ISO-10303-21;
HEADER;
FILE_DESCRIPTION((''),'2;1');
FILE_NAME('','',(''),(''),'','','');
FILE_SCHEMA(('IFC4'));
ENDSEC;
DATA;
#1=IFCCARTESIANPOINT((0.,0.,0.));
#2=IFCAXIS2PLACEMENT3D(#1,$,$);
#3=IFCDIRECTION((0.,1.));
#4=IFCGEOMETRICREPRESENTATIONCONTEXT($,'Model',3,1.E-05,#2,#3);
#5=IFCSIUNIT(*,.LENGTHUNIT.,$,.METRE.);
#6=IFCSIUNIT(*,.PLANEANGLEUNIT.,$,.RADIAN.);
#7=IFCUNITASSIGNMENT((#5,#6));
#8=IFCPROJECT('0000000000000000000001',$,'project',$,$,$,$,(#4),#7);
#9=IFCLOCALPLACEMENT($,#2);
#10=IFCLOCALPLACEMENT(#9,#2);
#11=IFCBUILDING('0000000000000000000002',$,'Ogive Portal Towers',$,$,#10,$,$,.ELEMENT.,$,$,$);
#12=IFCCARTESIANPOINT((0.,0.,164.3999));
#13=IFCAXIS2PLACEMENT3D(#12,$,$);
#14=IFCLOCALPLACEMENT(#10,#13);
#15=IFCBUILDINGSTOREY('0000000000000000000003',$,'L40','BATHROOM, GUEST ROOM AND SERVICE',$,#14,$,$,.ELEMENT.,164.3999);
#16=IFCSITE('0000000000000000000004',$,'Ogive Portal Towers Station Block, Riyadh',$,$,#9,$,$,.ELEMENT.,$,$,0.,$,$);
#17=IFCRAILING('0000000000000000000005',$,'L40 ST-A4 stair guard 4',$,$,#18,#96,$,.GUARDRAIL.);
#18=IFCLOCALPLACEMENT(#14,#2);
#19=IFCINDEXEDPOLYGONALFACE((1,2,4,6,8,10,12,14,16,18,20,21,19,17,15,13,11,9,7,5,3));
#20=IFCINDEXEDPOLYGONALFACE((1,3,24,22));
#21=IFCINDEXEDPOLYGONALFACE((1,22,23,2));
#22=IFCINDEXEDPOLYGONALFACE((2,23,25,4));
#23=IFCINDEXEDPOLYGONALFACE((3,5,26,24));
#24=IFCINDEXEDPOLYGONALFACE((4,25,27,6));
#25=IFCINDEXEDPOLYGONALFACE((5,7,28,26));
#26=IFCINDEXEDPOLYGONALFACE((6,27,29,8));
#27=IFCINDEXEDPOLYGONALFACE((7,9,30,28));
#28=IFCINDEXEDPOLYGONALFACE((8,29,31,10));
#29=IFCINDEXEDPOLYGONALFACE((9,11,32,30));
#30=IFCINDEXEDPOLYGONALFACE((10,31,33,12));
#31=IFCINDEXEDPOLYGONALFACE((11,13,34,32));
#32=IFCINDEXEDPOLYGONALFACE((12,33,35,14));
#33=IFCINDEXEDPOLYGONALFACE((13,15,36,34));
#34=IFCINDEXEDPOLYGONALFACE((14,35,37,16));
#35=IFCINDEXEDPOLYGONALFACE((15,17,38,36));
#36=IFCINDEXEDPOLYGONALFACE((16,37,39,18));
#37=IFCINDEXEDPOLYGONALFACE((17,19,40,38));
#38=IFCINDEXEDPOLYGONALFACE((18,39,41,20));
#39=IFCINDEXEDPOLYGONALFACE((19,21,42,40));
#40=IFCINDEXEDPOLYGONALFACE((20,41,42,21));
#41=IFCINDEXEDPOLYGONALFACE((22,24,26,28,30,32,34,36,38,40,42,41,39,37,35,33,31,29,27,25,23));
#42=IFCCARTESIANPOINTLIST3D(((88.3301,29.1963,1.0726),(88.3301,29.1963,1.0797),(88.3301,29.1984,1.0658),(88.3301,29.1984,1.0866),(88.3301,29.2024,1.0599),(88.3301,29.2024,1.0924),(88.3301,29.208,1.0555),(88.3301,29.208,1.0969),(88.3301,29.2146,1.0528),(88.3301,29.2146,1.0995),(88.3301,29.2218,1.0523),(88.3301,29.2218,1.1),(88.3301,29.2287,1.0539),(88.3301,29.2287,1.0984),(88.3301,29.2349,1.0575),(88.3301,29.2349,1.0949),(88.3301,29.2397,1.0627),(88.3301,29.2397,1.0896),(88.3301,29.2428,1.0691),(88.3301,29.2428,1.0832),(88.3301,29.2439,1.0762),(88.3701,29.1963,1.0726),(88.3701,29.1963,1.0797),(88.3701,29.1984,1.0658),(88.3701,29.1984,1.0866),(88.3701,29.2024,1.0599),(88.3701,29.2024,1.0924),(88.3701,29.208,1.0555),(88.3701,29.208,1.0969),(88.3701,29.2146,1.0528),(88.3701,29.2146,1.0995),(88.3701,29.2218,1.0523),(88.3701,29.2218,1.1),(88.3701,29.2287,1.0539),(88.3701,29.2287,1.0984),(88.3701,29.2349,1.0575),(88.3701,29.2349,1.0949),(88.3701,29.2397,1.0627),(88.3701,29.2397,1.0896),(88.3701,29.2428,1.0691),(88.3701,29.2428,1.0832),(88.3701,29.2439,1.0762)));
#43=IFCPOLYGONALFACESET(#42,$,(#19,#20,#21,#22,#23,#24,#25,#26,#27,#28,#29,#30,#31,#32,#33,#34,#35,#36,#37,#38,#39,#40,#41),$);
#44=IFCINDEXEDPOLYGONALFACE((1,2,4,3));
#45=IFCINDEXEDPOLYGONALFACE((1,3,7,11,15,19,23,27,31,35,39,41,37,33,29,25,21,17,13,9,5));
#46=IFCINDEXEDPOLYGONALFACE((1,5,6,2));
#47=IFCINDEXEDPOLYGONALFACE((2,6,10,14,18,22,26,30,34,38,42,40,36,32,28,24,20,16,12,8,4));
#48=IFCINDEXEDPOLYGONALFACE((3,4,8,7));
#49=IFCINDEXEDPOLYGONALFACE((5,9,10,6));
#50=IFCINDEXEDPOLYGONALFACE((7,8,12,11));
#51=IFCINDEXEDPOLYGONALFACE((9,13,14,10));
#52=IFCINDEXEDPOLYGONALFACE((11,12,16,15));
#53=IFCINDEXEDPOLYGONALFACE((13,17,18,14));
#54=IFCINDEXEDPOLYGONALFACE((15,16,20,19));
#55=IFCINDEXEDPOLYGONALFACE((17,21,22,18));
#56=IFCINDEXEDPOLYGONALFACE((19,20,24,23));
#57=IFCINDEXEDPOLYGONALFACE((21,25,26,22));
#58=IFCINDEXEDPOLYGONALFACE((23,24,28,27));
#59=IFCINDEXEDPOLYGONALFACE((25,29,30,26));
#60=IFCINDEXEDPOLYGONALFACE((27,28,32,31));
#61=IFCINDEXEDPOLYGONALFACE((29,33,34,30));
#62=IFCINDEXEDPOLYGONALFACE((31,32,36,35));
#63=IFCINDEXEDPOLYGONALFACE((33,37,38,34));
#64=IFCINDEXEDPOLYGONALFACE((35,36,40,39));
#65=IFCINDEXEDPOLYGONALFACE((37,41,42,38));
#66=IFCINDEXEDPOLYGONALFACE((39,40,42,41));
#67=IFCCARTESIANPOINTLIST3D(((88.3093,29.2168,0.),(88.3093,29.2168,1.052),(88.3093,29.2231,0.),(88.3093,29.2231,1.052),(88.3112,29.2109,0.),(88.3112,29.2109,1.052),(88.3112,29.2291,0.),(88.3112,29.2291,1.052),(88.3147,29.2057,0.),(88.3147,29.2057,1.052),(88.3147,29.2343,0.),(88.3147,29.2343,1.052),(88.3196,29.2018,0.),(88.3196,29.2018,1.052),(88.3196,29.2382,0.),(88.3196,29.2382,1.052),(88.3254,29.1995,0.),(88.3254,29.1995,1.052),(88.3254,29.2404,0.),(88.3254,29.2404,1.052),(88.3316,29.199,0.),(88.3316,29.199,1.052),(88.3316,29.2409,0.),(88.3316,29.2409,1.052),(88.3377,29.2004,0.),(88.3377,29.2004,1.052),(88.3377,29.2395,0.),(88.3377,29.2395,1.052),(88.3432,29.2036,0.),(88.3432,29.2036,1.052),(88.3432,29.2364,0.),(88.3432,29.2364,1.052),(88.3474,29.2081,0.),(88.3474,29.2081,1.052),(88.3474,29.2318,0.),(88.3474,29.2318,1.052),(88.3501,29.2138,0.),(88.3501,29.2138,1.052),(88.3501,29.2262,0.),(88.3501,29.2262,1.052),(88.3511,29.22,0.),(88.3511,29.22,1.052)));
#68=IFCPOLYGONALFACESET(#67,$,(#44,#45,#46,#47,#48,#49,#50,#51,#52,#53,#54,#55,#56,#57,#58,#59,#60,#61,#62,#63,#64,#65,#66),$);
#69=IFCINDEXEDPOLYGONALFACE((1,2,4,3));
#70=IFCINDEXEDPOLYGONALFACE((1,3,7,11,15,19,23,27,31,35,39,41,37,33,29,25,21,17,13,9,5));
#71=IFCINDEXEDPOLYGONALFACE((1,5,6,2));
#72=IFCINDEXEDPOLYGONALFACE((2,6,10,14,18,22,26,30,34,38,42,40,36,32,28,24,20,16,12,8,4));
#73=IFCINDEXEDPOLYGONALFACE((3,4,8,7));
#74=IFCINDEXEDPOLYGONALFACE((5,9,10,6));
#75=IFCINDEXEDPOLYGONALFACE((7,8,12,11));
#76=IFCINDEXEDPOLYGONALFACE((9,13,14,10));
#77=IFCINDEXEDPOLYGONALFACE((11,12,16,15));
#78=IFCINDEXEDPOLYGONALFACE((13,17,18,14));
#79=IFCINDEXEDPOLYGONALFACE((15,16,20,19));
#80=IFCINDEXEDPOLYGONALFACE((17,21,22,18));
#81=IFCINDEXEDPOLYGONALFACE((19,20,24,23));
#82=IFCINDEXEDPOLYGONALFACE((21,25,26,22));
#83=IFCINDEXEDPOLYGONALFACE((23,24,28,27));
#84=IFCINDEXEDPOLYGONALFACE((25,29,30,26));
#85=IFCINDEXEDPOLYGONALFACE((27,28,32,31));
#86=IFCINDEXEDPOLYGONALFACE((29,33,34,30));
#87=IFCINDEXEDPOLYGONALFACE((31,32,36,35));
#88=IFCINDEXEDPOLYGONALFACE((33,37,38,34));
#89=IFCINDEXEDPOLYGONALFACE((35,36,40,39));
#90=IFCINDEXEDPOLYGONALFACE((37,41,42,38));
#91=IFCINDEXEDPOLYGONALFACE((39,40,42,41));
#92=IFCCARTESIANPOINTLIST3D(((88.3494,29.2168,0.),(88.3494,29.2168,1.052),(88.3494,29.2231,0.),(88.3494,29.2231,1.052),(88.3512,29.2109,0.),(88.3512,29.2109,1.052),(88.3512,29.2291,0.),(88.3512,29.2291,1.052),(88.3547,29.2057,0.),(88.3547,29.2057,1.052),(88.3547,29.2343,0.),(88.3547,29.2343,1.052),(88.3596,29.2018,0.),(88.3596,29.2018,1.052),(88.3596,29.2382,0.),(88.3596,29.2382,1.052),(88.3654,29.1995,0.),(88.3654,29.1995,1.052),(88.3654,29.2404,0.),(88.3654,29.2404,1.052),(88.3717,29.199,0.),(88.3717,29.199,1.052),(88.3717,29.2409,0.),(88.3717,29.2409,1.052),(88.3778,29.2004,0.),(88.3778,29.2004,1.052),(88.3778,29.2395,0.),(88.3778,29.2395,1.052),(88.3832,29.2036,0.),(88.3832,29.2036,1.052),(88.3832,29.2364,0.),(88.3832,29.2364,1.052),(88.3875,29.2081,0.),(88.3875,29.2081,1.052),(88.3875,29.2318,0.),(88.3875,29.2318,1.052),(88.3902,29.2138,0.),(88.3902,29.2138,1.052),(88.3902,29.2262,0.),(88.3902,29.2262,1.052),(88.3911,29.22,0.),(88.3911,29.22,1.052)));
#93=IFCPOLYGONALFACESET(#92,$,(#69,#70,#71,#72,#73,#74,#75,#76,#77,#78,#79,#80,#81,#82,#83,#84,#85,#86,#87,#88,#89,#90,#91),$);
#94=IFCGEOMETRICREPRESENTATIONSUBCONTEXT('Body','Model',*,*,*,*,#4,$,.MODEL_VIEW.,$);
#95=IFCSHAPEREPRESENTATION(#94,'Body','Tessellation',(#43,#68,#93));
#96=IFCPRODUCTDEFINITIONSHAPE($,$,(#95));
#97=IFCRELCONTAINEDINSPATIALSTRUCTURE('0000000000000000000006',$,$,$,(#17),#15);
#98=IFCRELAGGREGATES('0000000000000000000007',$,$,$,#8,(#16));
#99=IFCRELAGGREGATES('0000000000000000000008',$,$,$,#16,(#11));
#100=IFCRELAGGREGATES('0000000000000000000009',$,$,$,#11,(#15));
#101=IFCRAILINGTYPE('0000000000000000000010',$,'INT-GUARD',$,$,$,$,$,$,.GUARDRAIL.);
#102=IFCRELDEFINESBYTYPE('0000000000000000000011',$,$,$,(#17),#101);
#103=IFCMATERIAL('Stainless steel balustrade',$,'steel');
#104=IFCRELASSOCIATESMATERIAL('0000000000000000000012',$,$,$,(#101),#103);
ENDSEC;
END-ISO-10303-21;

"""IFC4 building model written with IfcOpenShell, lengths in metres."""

from ifc_helpers import new_model, si_unit, direction, frame, origin, origin_2d, place, context, subcontext, project, spatial, circle, extrude, material, type_object, element, save


model = new_model("IFC4")

# Units and contexts
model_context = context("Model", 3, precision=1e-05, world=origin(), true_north=direction((0.0, 1.0)))
body_context = subcontext(model_context, "Body", "Model", "MODEL_VIEW")
ifc_project = project(units=[si_unit("LENGTHUNIT", "METRE"), si_unit("PLANEANGLEUNIT", "RADIAN")], contexts=[model_context])

# Site, building, storey
site_placement = place(None, origin())
site = spatial("IfcSite", under=ifc_project, at=site_placement, Name="Ogive Portal Towers Station Block, Riyadh", CompositionType="ELEMENT", RefElevation=0.0)
building_placement = place(site_placement, origin())
building = spatial("IfcBuilding", under=site, at=building_placement, Name="Ogive Portal Towers", CompositionType="ELEMENT")
storey_placement = place(building_placement, frame((0.0, 0.0, 164.3999)))
storey = spatial("IfcBuildingStorey", under=building, at=storey_placement, Name="L40", Description="BATHROOM, GUEST ROOM AND SERVICE", CompositionType="ELEMENT", Elevation=164.3999)

# Railing
ifc_material_1 = material(Name="Stainless steel balustrade", Category="steel")
railing_type = type_object("IfcRailingType", Name="INT-GUARD", PredefinedType="GUARDRAIL", material=ifc_material_1)
railing_placement = place(storey_placement, frame((88.3301, 29.22, 0.0)))
element("IfcRailing", 1, at=railing_placement, inside=storey, type_object=railing_type, Name="L40 ST-A4 stair guard 4", PredefinedType="GUARDRAIL", context=body_context, shape_type="SweptSolid", body=[
    extrude(circle(Radius=0.0239, at=origin_2d()), frame((0.0, 0.0, 1.0762), z_axis=(1.0, 0.0, 0.0), x_axis=(0.0, 1.0, 0.0)), (0.0, 0.0, 1.0), 0.04),
    extrude(circle(Radius=0.021, at=origin_2d()), origin(), (0.0, 0.0, 1.0), 1.052),
    extrude(circle(Radius=0.021, at=origin_2d()), frame((0.04, 0.0, 0.0)), (0.0, 0.0, 1.0), 1.052),
])

save(model, "model.ifc")
